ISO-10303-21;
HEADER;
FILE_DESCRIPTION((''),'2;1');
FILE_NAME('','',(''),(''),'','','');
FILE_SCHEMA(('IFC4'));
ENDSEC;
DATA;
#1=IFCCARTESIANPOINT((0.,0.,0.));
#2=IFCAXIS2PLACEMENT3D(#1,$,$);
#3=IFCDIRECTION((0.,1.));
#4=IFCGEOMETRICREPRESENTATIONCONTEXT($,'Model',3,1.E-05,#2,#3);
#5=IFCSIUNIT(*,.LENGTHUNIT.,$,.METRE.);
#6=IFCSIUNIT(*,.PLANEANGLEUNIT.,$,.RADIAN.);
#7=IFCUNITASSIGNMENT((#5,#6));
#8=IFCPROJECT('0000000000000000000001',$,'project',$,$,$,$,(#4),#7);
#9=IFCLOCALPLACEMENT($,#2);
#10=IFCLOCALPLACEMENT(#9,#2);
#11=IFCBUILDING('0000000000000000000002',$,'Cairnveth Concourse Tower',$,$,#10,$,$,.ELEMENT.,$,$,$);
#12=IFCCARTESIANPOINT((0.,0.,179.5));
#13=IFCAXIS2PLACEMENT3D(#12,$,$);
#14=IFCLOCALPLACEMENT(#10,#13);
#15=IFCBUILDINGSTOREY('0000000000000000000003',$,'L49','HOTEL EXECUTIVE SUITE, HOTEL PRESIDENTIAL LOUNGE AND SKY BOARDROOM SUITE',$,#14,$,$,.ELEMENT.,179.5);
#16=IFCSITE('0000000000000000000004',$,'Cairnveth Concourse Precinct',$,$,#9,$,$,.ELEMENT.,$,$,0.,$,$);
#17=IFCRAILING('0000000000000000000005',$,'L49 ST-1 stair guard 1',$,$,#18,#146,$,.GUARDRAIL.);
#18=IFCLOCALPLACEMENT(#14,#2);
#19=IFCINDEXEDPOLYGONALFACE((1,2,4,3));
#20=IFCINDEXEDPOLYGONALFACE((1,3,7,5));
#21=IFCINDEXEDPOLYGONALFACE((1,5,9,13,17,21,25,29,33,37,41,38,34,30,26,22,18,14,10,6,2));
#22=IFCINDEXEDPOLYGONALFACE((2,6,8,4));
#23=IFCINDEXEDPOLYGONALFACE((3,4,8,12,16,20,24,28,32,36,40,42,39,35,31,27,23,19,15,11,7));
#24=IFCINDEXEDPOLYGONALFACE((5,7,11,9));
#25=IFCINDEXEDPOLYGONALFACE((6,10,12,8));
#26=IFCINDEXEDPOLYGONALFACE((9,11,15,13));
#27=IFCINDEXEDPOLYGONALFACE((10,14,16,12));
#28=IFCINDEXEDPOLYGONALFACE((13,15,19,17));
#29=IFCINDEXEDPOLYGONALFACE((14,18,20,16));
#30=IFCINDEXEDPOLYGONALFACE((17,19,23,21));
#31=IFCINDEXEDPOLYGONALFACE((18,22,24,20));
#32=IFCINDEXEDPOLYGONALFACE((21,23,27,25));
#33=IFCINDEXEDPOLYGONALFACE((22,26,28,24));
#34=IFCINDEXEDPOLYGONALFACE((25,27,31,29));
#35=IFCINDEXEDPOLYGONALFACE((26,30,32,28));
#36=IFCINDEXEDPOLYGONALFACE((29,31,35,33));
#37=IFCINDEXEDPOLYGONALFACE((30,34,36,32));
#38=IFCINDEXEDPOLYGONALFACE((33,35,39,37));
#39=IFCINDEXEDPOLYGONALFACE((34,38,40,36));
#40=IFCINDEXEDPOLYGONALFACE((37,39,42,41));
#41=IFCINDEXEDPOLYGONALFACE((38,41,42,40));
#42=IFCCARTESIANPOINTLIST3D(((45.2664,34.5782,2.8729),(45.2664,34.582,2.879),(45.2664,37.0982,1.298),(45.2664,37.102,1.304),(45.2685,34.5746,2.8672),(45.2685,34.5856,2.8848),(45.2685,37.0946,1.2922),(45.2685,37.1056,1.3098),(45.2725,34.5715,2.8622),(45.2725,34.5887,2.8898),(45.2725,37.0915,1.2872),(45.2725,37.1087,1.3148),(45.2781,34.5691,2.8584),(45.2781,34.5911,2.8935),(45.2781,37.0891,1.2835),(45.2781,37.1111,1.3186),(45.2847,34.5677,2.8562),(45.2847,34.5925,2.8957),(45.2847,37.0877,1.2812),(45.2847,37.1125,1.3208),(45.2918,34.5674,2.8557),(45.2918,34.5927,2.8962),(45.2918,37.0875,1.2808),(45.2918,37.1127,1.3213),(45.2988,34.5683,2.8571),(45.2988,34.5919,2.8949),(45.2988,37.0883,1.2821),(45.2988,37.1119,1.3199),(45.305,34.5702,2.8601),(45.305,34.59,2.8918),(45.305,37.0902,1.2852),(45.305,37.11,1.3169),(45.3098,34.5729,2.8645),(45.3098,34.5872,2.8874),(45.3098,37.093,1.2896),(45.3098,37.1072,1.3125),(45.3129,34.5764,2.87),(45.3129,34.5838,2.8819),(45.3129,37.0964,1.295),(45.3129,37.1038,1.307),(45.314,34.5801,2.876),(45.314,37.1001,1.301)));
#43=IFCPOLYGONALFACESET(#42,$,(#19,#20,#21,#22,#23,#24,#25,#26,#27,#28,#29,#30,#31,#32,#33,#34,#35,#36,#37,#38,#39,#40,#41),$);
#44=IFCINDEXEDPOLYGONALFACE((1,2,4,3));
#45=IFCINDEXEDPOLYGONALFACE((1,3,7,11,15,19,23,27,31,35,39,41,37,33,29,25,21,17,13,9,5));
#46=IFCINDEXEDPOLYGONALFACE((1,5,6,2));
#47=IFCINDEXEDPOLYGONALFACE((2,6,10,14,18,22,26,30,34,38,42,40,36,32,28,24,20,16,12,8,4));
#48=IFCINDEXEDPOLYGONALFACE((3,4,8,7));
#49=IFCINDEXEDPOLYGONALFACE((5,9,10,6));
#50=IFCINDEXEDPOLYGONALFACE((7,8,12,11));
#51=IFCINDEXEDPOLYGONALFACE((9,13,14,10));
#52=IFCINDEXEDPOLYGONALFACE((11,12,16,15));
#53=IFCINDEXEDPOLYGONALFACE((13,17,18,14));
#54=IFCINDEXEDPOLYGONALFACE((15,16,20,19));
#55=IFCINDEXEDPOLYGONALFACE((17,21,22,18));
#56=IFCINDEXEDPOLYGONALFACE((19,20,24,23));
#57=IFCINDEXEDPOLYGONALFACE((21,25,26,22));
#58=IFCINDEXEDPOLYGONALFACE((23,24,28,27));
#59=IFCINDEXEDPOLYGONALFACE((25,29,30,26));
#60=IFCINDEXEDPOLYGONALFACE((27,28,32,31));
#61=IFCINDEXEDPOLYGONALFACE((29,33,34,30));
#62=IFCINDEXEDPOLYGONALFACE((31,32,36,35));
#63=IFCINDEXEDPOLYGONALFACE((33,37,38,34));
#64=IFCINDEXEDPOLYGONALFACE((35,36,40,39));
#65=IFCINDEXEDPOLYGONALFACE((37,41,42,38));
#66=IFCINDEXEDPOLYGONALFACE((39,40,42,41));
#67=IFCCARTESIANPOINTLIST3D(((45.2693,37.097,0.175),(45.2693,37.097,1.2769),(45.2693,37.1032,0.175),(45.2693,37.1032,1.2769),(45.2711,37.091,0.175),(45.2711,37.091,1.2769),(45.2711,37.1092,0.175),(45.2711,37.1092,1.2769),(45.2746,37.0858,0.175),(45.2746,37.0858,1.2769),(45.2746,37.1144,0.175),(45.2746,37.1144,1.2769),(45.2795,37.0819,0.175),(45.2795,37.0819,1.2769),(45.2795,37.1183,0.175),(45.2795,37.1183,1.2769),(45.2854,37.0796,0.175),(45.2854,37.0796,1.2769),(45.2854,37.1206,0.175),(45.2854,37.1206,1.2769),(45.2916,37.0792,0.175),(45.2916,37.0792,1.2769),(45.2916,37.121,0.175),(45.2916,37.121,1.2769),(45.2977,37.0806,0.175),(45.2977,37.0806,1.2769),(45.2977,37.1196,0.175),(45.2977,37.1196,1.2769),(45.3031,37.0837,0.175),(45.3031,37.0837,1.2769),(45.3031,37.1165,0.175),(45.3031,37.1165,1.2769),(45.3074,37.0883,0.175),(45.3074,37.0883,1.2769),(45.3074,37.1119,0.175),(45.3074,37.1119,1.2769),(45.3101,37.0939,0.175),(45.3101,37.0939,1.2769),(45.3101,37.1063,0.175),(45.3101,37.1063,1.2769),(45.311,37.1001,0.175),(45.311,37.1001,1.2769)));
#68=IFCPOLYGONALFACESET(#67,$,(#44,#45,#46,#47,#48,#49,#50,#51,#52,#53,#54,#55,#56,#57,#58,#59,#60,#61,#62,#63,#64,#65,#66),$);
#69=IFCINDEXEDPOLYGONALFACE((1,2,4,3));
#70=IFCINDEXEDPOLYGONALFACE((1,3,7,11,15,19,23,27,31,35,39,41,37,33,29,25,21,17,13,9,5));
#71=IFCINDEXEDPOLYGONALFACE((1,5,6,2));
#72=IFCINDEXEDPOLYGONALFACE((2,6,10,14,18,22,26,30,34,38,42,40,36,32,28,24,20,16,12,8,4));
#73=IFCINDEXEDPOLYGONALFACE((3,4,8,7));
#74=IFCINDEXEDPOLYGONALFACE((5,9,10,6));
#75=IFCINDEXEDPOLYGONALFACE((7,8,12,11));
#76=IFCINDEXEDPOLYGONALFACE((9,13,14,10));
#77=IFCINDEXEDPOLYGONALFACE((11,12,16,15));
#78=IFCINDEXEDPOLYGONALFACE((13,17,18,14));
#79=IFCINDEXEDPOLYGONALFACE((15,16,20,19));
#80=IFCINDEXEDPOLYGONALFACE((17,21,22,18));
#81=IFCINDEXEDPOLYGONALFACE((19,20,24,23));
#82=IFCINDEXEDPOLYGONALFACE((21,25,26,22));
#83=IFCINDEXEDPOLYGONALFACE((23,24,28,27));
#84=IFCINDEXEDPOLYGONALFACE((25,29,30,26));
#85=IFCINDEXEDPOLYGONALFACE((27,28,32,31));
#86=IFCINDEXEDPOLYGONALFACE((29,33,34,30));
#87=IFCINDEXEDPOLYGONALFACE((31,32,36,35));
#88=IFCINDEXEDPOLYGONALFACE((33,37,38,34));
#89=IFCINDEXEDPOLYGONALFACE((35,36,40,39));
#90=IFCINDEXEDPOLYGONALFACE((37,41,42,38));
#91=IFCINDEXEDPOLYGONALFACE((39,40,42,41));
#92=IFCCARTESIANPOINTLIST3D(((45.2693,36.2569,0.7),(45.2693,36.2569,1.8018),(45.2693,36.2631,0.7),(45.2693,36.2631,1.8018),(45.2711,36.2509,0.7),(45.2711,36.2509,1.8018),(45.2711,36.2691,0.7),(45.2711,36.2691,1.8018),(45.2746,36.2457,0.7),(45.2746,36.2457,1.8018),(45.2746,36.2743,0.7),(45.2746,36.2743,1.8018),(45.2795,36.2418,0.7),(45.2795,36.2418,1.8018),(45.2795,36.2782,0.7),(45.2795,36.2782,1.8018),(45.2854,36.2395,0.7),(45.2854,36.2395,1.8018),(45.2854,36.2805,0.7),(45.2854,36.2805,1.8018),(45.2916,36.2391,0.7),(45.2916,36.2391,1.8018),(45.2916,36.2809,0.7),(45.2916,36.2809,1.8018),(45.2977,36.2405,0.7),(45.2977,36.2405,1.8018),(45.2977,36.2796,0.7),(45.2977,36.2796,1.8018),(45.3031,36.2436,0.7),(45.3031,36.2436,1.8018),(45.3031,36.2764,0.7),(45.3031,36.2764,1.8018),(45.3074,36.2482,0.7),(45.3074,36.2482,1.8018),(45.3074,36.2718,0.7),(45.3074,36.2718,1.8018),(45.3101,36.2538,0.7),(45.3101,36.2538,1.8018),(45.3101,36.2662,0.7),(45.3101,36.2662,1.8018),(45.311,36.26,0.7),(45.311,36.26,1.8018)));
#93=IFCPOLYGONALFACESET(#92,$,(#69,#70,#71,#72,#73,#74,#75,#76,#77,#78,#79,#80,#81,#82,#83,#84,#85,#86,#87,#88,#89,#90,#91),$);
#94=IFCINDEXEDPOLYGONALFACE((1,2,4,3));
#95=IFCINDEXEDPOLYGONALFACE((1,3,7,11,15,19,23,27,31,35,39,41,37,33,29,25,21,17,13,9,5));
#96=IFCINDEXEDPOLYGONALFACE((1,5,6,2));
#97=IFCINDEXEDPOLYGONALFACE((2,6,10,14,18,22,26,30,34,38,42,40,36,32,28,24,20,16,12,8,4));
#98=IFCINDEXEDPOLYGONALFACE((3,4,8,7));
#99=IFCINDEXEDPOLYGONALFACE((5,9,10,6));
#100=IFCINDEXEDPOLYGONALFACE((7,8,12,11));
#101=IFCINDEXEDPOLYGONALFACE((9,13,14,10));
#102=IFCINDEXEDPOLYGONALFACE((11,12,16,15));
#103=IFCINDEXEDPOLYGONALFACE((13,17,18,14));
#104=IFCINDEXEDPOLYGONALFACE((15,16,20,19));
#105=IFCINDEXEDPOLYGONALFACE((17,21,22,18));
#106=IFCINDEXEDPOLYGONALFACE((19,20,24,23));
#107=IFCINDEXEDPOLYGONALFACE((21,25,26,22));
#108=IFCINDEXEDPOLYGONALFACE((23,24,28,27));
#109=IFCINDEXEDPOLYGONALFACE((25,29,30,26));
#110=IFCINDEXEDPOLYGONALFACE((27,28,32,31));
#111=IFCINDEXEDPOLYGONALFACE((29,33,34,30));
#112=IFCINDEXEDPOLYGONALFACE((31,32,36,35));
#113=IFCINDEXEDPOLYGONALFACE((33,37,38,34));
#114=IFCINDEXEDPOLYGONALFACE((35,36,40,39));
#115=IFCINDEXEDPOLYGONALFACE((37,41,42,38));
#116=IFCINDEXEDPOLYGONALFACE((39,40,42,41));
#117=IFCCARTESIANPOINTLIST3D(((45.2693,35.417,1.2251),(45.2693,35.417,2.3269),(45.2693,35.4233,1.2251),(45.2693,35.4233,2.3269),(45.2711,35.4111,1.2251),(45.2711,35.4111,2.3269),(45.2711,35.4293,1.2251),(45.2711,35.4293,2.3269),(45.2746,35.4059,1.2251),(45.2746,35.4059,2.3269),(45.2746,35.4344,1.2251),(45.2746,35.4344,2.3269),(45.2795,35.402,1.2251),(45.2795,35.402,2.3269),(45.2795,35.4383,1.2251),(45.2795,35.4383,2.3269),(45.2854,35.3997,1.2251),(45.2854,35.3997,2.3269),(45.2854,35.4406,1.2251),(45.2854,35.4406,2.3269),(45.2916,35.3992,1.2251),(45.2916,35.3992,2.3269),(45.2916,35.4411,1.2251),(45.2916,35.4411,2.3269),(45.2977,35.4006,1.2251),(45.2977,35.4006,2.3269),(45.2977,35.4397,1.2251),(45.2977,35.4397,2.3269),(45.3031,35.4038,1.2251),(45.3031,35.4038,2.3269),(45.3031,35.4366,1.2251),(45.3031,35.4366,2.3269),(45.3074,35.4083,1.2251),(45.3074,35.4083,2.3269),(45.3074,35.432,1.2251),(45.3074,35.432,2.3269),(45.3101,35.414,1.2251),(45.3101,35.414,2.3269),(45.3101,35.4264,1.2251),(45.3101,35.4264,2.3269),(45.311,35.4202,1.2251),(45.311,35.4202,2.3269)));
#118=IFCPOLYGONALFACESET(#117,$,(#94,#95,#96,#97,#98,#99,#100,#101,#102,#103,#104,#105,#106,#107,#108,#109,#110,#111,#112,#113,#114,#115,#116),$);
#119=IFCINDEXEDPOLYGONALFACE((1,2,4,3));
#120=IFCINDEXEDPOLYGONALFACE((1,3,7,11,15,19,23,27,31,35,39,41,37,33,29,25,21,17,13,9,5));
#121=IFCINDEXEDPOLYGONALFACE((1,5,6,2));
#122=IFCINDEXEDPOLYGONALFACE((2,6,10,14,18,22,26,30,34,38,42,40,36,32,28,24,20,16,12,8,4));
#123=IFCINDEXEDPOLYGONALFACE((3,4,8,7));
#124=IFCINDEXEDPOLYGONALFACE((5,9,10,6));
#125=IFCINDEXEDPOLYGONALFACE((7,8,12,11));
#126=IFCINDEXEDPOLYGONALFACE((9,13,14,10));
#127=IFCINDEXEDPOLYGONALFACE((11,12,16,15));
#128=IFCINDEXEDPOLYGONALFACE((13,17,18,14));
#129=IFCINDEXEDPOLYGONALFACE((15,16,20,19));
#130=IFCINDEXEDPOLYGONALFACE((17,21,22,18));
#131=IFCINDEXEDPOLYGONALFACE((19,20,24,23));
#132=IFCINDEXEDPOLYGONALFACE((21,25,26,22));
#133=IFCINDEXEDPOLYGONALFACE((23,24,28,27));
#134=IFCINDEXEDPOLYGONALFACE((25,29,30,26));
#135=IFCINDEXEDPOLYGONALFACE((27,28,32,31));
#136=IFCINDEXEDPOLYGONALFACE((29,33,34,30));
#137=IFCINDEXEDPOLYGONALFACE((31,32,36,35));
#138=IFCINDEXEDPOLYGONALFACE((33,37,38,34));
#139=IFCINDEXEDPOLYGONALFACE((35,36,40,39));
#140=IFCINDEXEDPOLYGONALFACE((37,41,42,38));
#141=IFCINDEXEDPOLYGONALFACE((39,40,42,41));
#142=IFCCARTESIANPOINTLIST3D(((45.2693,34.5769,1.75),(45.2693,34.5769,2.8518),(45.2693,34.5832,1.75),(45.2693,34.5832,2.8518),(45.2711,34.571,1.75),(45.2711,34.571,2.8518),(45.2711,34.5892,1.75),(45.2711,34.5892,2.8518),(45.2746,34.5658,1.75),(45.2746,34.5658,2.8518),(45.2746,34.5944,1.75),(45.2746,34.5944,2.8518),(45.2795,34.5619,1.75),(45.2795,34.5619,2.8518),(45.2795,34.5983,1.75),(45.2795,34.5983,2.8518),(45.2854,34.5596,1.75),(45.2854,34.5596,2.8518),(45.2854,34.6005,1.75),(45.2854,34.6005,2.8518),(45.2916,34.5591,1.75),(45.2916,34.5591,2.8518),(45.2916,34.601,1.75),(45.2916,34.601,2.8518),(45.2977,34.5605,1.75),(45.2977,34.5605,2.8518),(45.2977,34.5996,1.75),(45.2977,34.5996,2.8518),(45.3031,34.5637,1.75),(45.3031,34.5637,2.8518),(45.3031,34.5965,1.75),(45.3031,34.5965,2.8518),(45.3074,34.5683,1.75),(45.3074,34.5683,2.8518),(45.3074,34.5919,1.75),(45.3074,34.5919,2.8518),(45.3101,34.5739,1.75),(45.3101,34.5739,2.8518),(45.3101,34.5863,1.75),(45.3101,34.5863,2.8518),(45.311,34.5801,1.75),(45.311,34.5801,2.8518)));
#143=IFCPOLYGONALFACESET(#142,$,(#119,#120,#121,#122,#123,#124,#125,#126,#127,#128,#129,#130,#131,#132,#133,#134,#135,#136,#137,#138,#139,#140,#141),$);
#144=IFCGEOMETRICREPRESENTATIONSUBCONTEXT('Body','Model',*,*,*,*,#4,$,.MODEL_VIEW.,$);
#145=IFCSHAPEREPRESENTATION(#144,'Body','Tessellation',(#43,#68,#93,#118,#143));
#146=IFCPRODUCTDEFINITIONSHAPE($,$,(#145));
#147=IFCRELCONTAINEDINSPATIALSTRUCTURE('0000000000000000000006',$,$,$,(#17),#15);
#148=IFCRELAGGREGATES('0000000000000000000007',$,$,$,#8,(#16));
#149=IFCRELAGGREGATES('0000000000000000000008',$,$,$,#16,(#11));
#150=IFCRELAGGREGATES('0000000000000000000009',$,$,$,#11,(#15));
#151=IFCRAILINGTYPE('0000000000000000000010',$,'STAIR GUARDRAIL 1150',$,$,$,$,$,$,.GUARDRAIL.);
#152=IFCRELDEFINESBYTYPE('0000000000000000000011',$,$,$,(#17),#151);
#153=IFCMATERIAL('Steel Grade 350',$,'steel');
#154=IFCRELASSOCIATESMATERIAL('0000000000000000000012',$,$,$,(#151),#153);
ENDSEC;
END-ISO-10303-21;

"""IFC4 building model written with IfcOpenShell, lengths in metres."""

from ifc_helpers import new_model, si_unit, direction, frame, origin, origin_2d, place, context, subcontext, project, spatial, circle, extrude, material, type_object, element, save


model = new_model("IFC4")

# Units and contexts
model_context = context("Model", 3, precision=1e-05, world=origin(), true_north=direction((0.0, 1.0)))
body_context = subcontext(model_context, "Body", "Model", "MODEL_VIEW")
ifc_project = project(units=[si_unit("LENGTHUNIT", "METRE"), si_unit("PLANEANGLEUNIT", "RADIAN")], contexts=[model_context])

# Site, building, storey
site_placement = place(None, origin())
site = spatial("IfcSite", under=ifc_project, at=site_placement, Name="Cairnveth Concourse Precinct", CompositionType="ELEMENT", RefElevation=0.0)
building_placement = place(site_placement, origin())
building = spatial("IfcBuilding", under=site, at=building_placement, Name="Cairnveth Concourse Tower", CompositionType="ELEMENT")
storey_placement = place(building_placement, frame((0.0, 0.0, 179.5)))
storey = spatial("IfcBuildingStorey", under=building, at=storey_placement, Name="L49", Description="HOTEL EXECUTIVE SUITE, HOTEL PRESIDENTIAL LOUNGE AND SKY BOARDROOM SUITE", CompositionType="ELEMENT", Elevation=179.5)

# Shared definitions
ifc_material_1 = material(Name="Steel Grade 350", Category="steel")

# Railing
railing_type_1 = type_object("IfcRailingType", Name="STAIR GUARDRAIL 1150", PredefinedType="GUARDRAIL", material=ifc_material_1)
railing_1_placement = place(storey_placement, frame((45.29, 37.1001, 0.175)))
element("IfcRailing", 1, at=railing_1_placement, inside=storey, type_object=railing_type_1, Name="L49 ST-1 stair guard 1", PredefinedType="GUARDRAIL", context=body_context, shape_type="SweptSolid", body=[
    extrude(circle(Radius=0.0239, at=origin_2d()), frame((0.0, 0.0, 1.126), z_axis=(0.0, -0.848008, 0.529984), x_axis=(1.0, 0.0, 0.0)), (0.0, 0.0, 1.0), 2.9717),
    extrude(circle(Radius=0.021, at=origin_2d()), origin(), (0.0, 0.0, 1.0), 1.1018),
    extrude(circle(Radius=0.021, at=origin_2d()), frame((0.0, -0.8401, 0.5249)), (0.0, 0.0, 1.0), 1.1018),
    extrude(circle(Radius=0.021, at=origin_2d()), frame((0.0, -1.6799, 1.05)), (0.0, 0.0, 1.0), 1.1018),
    extrude(circle(Radius=0.021, at=origin_2d()), frame((0.0, -2.52, 1.575)), (0.0, 0.0, 1.0), 1.1018),
])

save(model, "model.ifc")
